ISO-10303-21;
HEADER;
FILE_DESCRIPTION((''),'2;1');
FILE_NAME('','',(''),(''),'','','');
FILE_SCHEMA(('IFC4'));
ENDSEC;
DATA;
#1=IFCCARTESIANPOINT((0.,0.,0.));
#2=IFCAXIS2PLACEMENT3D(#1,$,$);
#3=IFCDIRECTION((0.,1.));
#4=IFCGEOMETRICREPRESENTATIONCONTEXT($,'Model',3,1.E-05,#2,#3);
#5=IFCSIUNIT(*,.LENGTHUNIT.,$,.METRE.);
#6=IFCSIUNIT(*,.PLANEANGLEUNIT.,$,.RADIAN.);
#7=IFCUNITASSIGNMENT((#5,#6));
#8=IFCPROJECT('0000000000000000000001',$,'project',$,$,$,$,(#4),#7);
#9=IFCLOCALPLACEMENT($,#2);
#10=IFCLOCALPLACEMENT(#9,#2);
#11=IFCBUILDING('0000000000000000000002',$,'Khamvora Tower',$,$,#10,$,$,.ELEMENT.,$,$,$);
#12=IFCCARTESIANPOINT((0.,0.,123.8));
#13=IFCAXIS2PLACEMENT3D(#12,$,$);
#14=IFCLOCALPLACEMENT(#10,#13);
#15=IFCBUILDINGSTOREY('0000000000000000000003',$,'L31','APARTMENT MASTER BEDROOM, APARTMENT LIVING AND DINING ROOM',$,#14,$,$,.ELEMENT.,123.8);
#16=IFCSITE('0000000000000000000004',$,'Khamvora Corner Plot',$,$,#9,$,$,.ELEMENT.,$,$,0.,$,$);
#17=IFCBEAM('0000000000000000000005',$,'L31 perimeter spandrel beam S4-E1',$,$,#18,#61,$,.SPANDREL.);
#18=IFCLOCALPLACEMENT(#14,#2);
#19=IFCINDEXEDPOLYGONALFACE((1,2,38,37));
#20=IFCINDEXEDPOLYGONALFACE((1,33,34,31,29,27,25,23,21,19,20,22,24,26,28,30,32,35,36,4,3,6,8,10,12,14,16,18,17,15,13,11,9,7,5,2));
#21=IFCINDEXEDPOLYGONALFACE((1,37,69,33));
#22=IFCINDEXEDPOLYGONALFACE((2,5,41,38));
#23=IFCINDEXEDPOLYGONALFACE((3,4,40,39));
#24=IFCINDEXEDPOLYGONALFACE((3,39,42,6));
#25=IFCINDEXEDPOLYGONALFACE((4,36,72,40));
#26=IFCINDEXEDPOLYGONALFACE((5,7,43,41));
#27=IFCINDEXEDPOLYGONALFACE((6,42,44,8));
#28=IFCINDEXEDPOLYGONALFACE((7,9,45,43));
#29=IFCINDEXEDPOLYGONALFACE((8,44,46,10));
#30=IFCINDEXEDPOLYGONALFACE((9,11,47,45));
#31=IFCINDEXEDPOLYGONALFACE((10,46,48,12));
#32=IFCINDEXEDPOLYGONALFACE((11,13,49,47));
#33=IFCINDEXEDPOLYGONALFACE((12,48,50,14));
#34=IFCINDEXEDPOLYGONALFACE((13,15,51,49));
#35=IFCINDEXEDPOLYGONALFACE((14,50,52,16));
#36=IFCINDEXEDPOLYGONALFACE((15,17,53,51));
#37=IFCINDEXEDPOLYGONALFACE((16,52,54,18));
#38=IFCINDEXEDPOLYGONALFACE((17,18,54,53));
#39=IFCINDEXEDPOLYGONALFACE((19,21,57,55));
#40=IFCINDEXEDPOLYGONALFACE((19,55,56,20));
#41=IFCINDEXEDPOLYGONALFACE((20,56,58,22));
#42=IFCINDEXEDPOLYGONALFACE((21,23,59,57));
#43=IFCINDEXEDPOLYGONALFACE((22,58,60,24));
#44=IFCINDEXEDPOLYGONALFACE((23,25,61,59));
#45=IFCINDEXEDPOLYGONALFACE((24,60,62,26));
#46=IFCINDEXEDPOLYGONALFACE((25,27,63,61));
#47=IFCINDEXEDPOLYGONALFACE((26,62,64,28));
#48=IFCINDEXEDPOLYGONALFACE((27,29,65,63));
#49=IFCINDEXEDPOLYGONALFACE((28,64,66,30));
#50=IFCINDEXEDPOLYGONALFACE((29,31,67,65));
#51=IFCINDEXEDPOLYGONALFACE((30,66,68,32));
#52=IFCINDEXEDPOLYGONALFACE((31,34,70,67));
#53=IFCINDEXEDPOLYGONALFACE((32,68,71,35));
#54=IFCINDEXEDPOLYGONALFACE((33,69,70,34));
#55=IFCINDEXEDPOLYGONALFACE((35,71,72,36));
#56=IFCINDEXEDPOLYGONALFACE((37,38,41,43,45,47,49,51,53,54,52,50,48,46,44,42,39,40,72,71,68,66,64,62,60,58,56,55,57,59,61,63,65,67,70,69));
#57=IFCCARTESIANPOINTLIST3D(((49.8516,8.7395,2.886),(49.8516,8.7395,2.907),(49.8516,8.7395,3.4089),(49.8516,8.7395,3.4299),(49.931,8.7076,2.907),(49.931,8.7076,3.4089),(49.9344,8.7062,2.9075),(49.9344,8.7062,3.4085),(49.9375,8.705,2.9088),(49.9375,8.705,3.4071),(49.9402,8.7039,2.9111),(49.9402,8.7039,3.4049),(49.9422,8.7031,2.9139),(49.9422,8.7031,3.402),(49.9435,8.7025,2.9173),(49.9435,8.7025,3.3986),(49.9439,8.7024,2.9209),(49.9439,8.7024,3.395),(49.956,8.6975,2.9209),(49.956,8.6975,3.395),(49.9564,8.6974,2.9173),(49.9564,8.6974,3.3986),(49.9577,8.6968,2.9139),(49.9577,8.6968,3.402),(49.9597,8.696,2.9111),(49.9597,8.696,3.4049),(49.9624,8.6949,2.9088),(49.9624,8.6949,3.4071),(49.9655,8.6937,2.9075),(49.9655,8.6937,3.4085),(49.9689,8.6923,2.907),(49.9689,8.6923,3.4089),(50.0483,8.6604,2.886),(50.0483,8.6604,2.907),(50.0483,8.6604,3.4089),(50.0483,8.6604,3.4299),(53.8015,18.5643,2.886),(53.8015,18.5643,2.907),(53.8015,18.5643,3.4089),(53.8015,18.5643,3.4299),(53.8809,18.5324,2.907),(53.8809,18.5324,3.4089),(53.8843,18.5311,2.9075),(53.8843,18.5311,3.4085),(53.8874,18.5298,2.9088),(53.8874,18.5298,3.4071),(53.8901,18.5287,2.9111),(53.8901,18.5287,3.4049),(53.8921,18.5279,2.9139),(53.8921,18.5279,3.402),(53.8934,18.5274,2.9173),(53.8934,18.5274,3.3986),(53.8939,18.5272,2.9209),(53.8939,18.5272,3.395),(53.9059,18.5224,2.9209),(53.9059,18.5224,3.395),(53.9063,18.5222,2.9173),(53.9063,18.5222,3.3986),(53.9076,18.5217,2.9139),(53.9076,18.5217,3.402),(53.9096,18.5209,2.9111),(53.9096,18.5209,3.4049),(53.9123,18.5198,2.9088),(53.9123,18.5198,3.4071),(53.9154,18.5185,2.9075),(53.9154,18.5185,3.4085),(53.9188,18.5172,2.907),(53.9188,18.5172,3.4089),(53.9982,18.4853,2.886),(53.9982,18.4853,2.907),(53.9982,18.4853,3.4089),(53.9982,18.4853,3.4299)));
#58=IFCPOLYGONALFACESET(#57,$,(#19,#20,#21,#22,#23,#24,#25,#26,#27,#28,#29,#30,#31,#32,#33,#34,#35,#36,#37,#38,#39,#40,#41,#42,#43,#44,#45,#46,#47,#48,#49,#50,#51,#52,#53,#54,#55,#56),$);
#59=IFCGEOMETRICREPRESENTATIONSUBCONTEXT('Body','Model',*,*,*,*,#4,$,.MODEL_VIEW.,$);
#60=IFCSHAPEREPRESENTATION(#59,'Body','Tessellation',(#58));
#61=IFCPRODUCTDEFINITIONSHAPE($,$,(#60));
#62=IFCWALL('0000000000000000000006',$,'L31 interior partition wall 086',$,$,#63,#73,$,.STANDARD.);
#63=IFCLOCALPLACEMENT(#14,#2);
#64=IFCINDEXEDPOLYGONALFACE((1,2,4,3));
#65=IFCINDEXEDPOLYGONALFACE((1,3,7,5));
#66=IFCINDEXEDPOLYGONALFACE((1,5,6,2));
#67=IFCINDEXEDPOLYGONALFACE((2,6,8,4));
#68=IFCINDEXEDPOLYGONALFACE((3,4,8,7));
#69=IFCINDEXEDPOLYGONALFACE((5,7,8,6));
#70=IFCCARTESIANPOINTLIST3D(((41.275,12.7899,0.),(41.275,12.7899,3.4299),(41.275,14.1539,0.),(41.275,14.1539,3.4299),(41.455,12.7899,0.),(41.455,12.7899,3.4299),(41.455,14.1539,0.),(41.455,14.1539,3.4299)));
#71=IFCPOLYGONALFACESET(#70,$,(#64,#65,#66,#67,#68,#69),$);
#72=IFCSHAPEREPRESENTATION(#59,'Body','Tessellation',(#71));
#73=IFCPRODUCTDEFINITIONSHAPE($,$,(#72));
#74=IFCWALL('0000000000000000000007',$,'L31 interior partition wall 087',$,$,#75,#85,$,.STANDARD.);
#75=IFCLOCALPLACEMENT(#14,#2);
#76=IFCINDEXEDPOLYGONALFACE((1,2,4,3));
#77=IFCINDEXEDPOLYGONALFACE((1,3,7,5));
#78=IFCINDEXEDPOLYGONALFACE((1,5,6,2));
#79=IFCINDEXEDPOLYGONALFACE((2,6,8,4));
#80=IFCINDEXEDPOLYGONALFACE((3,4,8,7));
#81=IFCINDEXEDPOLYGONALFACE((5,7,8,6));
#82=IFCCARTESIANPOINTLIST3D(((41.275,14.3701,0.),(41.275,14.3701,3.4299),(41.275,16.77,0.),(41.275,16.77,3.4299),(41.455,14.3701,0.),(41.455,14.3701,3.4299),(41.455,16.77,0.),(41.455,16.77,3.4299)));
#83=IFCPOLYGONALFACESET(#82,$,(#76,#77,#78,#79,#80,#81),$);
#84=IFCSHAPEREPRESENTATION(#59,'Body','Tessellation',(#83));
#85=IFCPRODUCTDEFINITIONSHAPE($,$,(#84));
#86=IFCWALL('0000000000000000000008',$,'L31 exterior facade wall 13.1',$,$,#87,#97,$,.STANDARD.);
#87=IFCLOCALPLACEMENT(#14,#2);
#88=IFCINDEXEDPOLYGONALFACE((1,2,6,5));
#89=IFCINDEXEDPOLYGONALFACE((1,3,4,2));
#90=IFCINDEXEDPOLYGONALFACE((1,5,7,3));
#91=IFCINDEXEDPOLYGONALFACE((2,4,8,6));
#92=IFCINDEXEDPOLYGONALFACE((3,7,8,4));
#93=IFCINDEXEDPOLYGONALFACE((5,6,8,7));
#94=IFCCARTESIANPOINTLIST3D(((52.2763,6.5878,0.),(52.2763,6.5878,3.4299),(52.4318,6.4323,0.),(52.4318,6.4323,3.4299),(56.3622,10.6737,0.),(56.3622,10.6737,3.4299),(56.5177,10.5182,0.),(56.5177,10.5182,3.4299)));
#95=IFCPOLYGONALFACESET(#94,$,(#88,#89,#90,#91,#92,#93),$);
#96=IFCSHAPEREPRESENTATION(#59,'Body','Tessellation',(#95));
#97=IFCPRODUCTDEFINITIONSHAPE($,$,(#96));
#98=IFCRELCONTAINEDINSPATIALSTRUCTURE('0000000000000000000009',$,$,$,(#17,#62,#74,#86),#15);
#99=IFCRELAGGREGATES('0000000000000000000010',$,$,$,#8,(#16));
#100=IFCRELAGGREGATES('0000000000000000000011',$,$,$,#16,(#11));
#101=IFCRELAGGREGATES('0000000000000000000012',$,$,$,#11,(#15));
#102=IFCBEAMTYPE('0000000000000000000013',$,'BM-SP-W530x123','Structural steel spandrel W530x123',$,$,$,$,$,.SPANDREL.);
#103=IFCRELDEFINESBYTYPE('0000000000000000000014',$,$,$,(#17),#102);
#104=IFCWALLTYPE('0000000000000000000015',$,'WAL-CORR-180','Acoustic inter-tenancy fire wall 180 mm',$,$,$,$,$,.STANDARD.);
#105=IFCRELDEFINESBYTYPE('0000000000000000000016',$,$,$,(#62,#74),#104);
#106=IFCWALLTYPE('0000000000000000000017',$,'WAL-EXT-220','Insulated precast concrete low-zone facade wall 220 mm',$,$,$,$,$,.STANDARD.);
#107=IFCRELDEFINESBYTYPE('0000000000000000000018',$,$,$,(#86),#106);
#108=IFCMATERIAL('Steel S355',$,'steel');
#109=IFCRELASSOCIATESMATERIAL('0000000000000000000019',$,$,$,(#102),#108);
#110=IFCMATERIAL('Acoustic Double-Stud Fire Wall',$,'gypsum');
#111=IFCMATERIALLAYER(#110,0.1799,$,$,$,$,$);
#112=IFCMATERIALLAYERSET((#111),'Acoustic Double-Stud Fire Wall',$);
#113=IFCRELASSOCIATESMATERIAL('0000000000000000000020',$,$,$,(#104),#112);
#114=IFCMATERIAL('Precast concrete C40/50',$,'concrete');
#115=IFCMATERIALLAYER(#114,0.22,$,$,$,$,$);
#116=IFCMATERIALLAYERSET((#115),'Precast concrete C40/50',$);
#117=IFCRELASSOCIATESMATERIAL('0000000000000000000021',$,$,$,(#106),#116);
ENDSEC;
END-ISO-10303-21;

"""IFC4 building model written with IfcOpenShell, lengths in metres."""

from ifc_helpers import new_model, si_unit, direction, frame, frame_2d, origin, origin_2d, place, context, subcontext, project, spatial, rectangle, i_section, extrude, material, layer, layer_set, material_profile, profile_set, type_object, element, save


model = new_model("IFC4")

# Units and contexts
model_context = context("Model", 3, precision=1e-05, world=origin(), true_north=direction((0.0, 1.0)))
body_context = subcontext(model_context, "Body", "Model", "MODEL_VIEW")
ifc_project = project(units=[si_unit("LENGTHUNIT", "METRE"), si_unit("PLANEANGLEUNIT", "RADIAN")], contexts=[model_context])

# Site, building, storey
site_placement = place(None, origin())
site = spatial("IfcSite", under=ifc_project, at=site_placement, Name="Khamvora Corner Plot", CompositionType="ELEMENT", RefElevation=0.0)
building_placement = place(site_placement, origin())
building = spatial("IfcBuilding", under=site, at=building_placement, Name="Khamvora Tower", CompositionType="ELEMENT")
storey_placement = place(building_placement, frame((0.0, 0.0, 123.8)))
storey = spatial("IfcBuildingStorey", under=building, at=storey_placement, Name="L31", Description="APARTMENT MASTER BEDROOM, APARTMENT LIVING AND DINING ROOM", CompositionType="ELEMENT", Elevation=123.8)

# Shared definitions
ifc_material_1 = material(Name="Steel S355", Category="steel")

# Beam
ifc_material_profile_1 = material_profile(ifc_material_1, i_section(OverallWidth=0.2119, OverallDepth=0.5439, WebThickness=0.0129, FlangeThickness=0.021, FilletRadius=0.0139, at=origin_2d()), Name="W530x123")
ifc_profile_set_1 = profile_set([ifc_material_profile_1], Name="Steel S355")
beam_type_1 = type_object("IfcBeamType", Name="BM-SP-W530x123", Description="Structural steel spandrel W530x123", PredefinedType="SPANDREL", material=ifc_profile_set_1)
beam_1_placement = place(storey_placement, frame((49.95, 8.7, 3.158), z_axis=(0.373016, 0.927825, 0.0), x_axis=(-0.927825, 0.373016, 0.0)))
element("IfcBeam", 1, at=beam_1_placement, inside=storey, type_object=beam_type_1, Name="L31 perimeter spandrel beam S4-E1", PredefinedType="SPANDREL", context=body_context, shape_type="SweptSolid", body=[
    extrude(i_section(OverallWidth=0.2119, OverallDepth=0.5439, WebThickness=0.0129, FlangeThickness=0.021, FilletRadius=0.0139, at=origin_2d()), origin(), (0.0, 0.0, 1.0), 10.5891),
])

# Walls
ifc_material_2 = material(Name="Acoustic Double-Stud Fire Wall", Category="gypsum")
ifc_layer_1 = layer(ifc_material_2, 0.1799)
ifc_layer_set_1 = layer_set([ifc_layer_1], Name="Acoustic Double-Stud Fire Wall")
wall_type_1 = type_object("IfcWallType", Name="WAL-CORR-180", Description="Acoustic inter-tenancy fire wall 180 mm", PredefinedType="STANDARD", material=ifc_layer_set_1)
wall_1_placement = place(storey_placement, frame((41.365, 14.1541, 0.0), z_axis=(0.0, 0.0, 1.0), x_axis=(0.0, -1.0, 0.0)))
element("IfcWall", 2, at=wall_1_placement, inside=storey, type_object=wall_type_1, Name="L31 interior partition wall 086", PredefinedType="STANDARD", context=body_context, shape_type="SweptSolid", body=[
    extrude(rectangle(XDim=1.364, YDim=0.1799, at=frame_2d((0.6821, 0.0))), origin(), (0.0, 0.0, 1.0), 3.4299),
])
wall_2_placement = place(storey_placement, frame((41.365, 16.77, 0.0), z_axis=(0.0, 0.0, 1.0), x_axis=(0.0, -1.0, 0.0)))
element("IfcWall", 3, at=wall_2_placement, inside=storey, type_object=wall_type_1, Name="L31 interior partition wall 087", PredefinedType="STANDARD", context=body_context, shape_type="SweptSolid", body=[
    extrude(rectangle(XDim=2.3999, YDim=0.1799, at=frame_2d((1.2, 0.0))), origin(), (0.0, 0.0, 1.0), 3.4299),
])
ifc_material_3 = material(Name="Precast concrete C40/50", Category="concrete")
ifc_layer_2 = layer(ifc_material_3, 0.22)
ifc_layer_set_2 = layer_set([ifc_layer_2], Name="Precast concrete C40/50")
wall_type_2 = type_object("IfcWallType", Name="WAL-EXT-220", Description="Insulated precast concrete low-zone facade wall 220 mm", PredefinedType="STANDARD", material=ifc_layer_set_2)
wall_3_placement = place(storey_placement, frame((56.4399, 10.5959, 0.0), z_axis=(0.0, 0.0, 1.0), x_axis=(-0.707107, -0.707107, 0.0)))
element("IfcWall", 4, at=wall_3_placement, inside=storey, type_object=wall_type_2, Name="L31 exterior facade wall 13.1", PredefinedType="STANDARD", context=body_context, shape_type="SweptSolid", body=[
    extrude(rectangle(XDim=5.7783, YDim=0.22, at=frame_2d((2.8892, 0.0))), origin(), (0.0, 0.0, 1.0), 3.4299),
])

save(model, "model.ifc")
